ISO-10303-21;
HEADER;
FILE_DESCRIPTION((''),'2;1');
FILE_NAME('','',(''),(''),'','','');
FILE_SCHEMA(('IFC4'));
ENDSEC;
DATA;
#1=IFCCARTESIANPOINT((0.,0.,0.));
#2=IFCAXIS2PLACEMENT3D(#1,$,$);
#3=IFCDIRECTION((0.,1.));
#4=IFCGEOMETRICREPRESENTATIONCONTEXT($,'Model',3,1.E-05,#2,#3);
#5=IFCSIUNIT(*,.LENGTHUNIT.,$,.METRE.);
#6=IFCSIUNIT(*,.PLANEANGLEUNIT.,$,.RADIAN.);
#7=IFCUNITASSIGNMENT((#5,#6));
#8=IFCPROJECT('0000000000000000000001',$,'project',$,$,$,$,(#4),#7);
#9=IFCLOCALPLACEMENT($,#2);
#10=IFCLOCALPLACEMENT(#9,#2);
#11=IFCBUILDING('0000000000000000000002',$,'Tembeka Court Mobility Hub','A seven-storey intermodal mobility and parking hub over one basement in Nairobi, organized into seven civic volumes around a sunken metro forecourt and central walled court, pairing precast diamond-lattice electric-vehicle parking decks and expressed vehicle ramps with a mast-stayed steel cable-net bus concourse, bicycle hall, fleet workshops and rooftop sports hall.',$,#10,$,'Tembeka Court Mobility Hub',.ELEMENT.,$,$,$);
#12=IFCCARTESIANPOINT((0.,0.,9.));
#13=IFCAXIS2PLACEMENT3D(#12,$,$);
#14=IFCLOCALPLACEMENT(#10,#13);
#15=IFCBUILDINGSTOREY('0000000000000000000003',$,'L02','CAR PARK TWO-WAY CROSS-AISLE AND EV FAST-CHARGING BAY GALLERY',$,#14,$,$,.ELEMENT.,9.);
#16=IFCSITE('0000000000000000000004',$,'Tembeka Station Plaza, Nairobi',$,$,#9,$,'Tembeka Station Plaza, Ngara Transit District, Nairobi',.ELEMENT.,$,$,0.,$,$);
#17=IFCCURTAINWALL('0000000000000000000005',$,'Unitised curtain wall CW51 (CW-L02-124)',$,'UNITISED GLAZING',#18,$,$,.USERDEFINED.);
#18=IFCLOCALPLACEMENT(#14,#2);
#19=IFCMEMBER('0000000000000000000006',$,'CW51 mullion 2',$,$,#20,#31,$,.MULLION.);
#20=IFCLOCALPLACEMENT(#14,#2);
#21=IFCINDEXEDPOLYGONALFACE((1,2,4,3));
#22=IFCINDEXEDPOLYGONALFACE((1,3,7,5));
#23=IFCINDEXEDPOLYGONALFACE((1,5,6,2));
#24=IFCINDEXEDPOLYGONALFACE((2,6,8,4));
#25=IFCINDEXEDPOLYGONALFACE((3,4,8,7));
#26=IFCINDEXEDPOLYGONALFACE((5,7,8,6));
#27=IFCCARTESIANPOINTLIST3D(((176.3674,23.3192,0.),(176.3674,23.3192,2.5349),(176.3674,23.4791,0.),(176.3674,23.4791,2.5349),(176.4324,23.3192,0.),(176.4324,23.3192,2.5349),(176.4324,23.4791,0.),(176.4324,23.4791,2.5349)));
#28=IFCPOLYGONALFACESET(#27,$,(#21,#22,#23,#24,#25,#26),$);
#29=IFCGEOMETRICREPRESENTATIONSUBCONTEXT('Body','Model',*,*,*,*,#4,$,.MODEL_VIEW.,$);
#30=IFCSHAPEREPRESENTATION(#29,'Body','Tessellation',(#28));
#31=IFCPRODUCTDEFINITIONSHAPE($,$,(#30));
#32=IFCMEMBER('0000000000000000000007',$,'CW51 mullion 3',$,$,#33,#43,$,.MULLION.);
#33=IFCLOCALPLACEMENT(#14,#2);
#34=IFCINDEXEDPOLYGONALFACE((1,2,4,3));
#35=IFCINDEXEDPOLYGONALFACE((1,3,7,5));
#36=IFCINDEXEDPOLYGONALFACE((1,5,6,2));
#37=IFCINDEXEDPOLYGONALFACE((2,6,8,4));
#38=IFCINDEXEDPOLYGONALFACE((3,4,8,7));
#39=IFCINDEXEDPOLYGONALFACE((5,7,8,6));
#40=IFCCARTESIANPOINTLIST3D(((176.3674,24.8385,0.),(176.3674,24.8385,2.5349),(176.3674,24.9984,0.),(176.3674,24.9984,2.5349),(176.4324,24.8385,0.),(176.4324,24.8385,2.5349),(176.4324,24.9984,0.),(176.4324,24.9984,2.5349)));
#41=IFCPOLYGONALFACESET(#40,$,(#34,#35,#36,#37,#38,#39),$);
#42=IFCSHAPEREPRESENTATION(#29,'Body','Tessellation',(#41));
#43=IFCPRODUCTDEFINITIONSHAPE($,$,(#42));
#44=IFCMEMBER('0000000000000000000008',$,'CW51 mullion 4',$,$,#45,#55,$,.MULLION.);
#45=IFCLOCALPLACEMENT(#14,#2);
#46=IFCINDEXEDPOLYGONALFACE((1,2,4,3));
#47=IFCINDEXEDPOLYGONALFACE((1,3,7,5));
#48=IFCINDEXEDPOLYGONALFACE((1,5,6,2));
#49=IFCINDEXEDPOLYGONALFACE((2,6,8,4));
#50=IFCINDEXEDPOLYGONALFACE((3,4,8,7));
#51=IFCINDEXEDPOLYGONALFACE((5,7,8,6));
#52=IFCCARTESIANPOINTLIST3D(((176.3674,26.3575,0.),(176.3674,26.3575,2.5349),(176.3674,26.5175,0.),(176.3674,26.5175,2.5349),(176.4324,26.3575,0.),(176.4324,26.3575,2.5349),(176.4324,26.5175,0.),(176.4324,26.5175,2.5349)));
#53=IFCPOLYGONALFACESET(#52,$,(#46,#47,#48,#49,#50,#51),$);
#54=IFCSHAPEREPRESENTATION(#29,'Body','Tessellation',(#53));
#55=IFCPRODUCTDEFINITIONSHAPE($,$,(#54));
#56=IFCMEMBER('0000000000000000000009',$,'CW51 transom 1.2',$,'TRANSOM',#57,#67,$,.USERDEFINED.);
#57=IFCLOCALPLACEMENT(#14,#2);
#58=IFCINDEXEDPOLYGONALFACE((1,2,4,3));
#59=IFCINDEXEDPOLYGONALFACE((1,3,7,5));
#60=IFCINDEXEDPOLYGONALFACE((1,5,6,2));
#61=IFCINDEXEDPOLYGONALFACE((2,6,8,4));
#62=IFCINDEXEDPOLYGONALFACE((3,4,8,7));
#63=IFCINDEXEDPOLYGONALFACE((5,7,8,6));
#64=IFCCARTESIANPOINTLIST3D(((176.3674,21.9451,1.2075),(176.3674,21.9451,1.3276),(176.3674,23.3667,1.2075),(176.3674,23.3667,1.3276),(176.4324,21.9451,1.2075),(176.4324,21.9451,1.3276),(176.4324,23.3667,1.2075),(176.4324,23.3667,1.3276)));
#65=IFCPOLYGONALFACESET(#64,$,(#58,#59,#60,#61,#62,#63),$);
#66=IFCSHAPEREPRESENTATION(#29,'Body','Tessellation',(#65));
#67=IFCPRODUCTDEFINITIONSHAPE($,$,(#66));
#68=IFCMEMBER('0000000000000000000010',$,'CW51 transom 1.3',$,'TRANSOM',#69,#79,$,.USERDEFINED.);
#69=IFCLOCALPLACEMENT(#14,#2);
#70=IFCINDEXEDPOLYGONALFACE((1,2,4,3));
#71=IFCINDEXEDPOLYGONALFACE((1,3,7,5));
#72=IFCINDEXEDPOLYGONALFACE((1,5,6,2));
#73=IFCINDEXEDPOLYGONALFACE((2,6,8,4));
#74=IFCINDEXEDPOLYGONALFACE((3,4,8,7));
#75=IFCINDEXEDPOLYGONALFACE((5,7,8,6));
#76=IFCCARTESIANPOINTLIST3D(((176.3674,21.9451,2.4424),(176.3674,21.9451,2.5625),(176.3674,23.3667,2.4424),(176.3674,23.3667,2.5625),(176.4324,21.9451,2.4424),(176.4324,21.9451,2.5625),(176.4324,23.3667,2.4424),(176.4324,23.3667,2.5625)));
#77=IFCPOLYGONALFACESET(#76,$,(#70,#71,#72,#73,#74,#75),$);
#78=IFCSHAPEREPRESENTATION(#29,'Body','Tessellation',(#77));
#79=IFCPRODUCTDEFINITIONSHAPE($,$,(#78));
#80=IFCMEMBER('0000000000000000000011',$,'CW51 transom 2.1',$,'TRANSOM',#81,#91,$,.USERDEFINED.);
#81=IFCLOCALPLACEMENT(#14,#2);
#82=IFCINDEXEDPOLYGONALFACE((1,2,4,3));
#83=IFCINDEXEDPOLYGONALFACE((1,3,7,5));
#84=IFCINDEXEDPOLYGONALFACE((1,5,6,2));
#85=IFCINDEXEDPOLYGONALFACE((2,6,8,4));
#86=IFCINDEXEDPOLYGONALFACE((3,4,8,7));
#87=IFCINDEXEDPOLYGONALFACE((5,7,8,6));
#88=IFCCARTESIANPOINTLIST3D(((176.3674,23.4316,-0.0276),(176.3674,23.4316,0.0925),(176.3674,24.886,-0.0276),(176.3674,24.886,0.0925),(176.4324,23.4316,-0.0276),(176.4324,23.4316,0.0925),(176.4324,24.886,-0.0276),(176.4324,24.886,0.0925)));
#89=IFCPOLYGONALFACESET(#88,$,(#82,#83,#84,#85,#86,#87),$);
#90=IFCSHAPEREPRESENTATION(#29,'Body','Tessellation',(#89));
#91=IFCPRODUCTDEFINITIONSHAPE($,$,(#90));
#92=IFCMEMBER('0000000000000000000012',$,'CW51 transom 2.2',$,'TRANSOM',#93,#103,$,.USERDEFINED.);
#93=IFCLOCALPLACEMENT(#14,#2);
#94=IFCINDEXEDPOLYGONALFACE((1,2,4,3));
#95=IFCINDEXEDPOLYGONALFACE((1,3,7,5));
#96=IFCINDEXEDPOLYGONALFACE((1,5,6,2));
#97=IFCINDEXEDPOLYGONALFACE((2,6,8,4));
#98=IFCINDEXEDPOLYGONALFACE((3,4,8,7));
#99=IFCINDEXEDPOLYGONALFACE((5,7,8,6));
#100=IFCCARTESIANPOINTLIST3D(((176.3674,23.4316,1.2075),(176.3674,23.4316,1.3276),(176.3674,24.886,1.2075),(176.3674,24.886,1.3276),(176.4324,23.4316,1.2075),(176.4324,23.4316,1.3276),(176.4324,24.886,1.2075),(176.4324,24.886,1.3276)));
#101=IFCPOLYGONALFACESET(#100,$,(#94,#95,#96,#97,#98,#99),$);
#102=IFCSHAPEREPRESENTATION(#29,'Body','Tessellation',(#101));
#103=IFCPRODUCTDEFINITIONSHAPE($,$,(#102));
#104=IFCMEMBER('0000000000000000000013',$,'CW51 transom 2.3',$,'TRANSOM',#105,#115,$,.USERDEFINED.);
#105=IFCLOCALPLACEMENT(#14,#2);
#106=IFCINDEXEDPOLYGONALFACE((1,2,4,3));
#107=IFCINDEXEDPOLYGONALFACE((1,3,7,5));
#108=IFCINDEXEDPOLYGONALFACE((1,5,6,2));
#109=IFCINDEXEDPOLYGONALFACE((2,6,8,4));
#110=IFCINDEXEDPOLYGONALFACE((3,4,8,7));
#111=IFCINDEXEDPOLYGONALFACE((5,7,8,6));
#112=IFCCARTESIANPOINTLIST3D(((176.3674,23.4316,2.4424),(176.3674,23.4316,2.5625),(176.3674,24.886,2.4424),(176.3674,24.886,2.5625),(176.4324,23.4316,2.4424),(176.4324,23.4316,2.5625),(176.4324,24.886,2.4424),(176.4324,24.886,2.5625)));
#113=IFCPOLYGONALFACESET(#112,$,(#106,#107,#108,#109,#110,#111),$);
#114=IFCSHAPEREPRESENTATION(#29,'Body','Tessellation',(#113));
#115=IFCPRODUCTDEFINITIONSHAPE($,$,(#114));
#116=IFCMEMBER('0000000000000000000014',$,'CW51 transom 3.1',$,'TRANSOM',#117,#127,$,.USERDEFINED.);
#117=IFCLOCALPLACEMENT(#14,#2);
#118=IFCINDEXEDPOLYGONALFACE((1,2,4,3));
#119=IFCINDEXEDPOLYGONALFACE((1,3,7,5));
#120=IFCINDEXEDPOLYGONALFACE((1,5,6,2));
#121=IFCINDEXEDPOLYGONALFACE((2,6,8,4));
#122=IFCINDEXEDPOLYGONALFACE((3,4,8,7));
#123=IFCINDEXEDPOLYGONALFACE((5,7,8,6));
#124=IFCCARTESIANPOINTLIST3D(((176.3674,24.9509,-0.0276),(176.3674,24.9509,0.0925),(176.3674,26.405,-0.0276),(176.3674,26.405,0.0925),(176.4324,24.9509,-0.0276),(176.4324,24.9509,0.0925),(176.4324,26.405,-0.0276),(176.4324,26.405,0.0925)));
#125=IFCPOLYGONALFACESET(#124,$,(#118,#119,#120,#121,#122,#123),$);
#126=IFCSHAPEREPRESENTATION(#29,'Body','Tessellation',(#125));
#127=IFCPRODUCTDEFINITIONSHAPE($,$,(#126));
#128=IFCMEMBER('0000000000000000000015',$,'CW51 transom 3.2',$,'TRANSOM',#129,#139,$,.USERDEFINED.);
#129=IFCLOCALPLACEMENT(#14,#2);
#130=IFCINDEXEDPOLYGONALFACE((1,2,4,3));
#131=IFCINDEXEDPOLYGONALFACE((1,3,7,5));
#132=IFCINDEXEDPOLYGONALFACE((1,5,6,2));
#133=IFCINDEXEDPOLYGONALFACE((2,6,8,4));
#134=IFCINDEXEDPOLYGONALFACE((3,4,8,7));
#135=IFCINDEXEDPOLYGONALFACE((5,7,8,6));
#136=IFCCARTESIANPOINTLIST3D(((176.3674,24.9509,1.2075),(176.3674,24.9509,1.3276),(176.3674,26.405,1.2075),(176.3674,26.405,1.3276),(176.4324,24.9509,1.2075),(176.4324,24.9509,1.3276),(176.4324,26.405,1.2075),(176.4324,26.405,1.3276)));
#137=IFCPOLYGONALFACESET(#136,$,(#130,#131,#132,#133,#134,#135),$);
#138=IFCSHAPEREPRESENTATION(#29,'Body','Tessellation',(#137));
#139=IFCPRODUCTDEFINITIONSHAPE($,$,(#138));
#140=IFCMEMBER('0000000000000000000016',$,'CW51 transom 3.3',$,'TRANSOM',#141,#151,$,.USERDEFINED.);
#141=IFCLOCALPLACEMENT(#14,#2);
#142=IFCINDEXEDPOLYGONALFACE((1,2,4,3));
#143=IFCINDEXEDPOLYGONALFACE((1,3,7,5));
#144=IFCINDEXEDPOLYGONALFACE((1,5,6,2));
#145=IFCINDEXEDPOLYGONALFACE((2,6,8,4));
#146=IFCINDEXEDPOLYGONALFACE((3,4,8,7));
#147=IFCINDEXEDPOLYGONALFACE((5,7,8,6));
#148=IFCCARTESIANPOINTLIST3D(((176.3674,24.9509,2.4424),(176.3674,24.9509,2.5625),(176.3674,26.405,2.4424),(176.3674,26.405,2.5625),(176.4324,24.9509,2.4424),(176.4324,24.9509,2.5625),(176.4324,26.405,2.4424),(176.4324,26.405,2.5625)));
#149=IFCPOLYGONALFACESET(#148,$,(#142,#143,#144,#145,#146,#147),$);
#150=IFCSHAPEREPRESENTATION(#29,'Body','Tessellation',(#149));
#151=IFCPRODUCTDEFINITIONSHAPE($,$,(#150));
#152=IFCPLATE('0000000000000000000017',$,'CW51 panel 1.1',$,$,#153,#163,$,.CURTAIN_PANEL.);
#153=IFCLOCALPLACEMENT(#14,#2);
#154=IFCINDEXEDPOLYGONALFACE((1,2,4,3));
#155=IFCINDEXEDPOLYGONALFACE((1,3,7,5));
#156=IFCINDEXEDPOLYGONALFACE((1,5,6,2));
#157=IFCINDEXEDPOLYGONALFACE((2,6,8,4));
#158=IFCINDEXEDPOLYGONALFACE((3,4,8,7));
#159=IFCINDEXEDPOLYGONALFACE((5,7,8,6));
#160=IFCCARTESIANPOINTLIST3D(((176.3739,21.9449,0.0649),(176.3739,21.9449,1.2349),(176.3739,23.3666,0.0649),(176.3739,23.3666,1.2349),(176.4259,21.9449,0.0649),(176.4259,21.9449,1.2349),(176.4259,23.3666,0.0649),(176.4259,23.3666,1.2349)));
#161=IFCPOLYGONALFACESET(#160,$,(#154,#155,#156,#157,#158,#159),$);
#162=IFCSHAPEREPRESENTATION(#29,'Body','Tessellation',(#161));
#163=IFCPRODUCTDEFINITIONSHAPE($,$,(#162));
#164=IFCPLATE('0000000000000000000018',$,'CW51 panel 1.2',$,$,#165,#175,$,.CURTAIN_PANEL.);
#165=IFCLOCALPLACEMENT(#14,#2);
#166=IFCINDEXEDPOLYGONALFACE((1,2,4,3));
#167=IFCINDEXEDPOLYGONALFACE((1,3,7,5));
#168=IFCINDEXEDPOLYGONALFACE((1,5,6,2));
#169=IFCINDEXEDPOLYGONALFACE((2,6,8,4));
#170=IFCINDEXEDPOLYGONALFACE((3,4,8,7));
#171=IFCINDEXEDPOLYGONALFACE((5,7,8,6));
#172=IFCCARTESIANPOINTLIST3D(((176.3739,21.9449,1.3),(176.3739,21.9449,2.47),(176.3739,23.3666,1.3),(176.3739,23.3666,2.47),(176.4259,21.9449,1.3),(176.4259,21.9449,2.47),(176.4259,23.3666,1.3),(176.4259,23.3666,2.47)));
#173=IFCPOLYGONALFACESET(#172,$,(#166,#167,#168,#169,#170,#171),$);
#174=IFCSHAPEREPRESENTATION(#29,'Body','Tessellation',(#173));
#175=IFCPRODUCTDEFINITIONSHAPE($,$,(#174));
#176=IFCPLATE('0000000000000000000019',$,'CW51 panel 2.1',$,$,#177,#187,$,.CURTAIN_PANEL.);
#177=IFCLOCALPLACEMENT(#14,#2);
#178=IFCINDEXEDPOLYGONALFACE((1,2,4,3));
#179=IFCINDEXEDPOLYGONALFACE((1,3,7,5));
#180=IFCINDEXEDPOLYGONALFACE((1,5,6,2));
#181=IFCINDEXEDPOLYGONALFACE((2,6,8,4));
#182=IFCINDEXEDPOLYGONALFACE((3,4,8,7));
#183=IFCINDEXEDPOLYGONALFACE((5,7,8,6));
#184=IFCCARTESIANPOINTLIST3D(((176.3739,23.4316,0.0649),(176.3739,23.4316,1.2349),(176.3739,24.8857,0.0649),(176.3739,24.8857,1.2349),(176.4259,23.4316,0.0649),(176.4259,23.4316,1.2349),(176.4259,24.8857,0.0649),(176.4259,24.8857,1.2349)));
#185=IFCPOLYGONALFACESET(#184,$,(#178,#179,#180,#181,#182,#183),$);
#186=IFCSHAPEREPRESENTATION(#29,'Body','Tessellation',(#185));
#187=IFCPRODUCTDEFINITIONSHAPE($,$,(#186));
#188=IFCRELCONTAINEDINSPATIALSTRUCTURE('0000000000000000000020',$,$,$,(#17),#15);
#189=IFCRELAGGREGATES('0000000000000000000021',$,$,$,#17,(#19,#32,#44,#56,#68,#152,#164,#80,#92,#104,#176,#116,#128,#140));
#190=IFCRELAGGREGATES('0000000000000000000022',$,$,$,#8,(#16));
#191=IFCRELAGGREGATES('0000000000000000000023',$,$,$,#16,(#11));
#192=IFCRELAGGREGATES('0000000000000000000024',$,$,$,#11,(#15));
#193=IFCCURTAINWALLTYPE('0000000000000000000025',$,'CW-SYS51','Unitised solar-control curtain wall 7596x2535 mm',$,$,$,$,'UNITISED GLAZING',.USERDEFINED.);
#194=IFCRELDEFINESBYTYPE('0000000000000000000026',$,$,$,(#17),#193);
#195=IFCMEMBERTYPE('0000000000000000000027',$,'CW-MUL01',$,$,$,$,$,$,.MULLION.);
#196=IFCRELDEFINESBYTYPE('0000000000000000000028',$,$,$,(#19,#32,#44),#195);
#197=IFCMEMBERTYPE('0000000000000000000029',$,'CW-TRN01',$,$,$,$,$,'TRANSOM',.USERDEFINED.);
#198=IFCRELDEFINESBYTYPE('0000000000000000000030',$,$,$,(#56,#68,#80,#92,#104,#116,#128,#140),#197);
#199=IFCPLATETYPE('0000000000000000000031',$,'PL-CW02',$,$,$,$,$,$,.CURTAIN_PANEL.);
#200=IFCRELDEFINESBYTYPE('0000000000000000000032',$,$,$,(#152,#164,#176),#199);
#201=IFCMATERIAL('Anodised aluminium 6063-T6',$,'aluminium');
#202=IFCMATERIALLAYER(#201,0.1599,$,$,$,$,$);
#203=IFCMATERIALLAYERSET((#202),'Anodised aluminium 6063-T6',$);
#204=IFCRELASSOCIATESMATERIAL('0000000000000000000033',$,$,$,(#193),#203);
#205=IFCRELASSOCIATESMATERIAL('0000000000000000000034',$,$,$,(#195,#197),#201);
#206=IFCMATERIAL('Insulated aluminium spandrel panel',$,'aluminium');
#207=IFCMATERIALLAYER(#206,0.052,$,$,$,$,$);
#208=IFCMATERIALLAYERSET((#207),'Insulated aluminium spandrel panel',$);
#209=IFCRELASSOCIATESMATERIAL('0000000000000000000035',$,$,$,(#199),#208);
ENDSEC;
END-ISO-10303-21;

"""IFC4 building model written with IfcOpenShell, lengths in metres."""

from ifc_helpers import new_model, si_unit, direction, frame, origin, origin_2d, place, context, subcontext, project, spatial, rectangle, extrude, material, layer, layer_set, material_profile, profile_set, type_object, element, aggregate, save


model = new_model("IFC4")

# Units and contexts
model_context = context("Model", 3, precision=1e-05, world=origin(), true_north=direction((0.0, 1.0)))
body_context = subcontext(model_context, "Body", "Model", "MODEL_VIEW")
ifc_project = project(units=[si_unit("LENGTHUNIT", "METRE"), si_unit("PLANEANGLEUNIT", "RADIAN")], contexts=[model_context])

# Site, building, storey
site_placement = place(None, origin())
site = spatial("IfcSite", under=ifc_project, at=site_placement, Name="Tembeka Station Plaza, Nairobi", LongName="Tembeka Station Plaza, Ngara Transit District, Nairobi", CompositionType="ELEMENT", RefElevation=0.0)
building_placement = place(site_placement, origin())
building = spatial("IfcBuilding", under=site, at=building_placement, Name="Tembeka Court Mobility Hub", Description="A seven-storey intermodal mobility and parking hub over one basement in Nairobi, organized into seven civic volumes around a sunken metro forecourt and central walled court, pairing precast diamond-lattice electric-vehicle parking decks and expressed vehicle ramps with a mast-stayed steel cable-net bus concourse, bicycle hall, fleet workshops and rooftop sports hall.", LongName="Tembeka Court Mobility Hub", CompositionType="ELEMENT")
storey_placement = place(building_placement, frame((0.0, 0.0, 9.0)))
storey = spatial("IfcBuildingStorey", under=building, at=storey_placement, Name="L02", Description="CAR PARK TWO-WAY CROSS-AISLE AND EV FAST-CHARGING BAY GALLERY", CompositionType="ELEMENT", Elevation=9.0)

# Curtain wall, members, plates
ifc_material_1 = material(Name="Anodised aluminium 6063-T6", Category="aluminium")
ifc_layer_1 = layer(ifc_material_1, 0.1599)
ifc_layer_set_1 = layer_set([ifc_layer_1], Name="Anodised aluminium 6063-T6")
curtain_wall_type = type_object("IfcCurtainWallType", Name="CW-SYS51", Description="Unitised solar-control curtain wall 7596x2535 mm", ElementType="UNITISED GLAZING", PredefinedType="USERDEFINED", material=ifc_layer_set_1)
curtain_wall_placement = place(storey_placement, origin())
curtain_wall = element("IfcCurtainWall", 1, at=curtain_wall_placement, inside=storey, type_object=curtain_wall_type, Name="Unitised curtain wall CW51 (CW-L02-124)", ObjectType="UNITISED GLAZING", PredefinedType="USERDEFINED")
ifc_material_profile_1 = material_profile(ifc_material_1, rectangle(XDim=0.0649, YDim=0.1599, at=origin_2d()), Name="ALU-MUL 65x160")
ifc_profile_set_1 = profile_set([ifc_material_profile_1], Name="Anodised aluminium 6063-T6")
member_type_1 = type_object("IfcMemberType", Name="CW-MUL01", PredefinedType="MULLION", material=ifc_profile_set_1)
member_1_placement = place(storey_placement, frame((176.3999, 23.3992, 0.0), z_axis=(0.0, 0.0, 1.0), x_axis=(-1.0, 0.0, 0.0)))
member_1 = element("IfcMember", 2, at=member_1_placement, type_object=member_type_1, Name="CW51 mullion 2", PredefinedType="MULLION", context=body_context, shape_type="SweptSolid", body=[
    extrude(rectangle(XDim=0.0649, YDim=0.1599, at=origin_2d()), origin(), (0.0, 0.0, 1.0), 2.5349),
])
member_2_placement = place(storey_placement, frame((176.3999, 24.9185, 0.0), z_axis=(0.0, 0.0, 1.0), x_axis=(-1.0, 0.0, 0.0)))
member_2 = element("IfcMember", 3, at=member_2_placement, type_object=member_type_1, Name="CW51 mullion 3", PredefinedType="MULLION", context=body_context, shape_type="SweptSolid", body=[
    extrude(rectangle(XDim=0.0649, YDim=0.1599, at=origin_2d()), origin(), (0.0, 0.0, 1.0), 2.5349),
])
member_3_placement = place(storey_placement, frame((176.3999, 26.4375, 0.0), z_axis=(0.0, 0.0, 1.0), x_axis=(-1.0, 0.0, 0.0)))
member_3 = element("IfcMember", 4, at=member_3_placement, type_object=member_type_1, Name="CW51 mullion 4", PredefinedType="MULLION", context=body_context, shape_type="SweptSolid", body=[
    extrude(rectangle(XDim=0.0649, YDim=0.1599, at=origin_2d()), origin(), (0.0, 0.0, 1.0), 2.5349),
])
ifc_material_profile_2 = material_profile(ifc_material_1, rectangle(XDim=0.0649, YDim=0.1201, at=origin_2d()), Name="ALU-TRN 65x120")
ifc_profile_set_2 = profile_set([ifc_material_profile_2], Name="Anodised aluminium 6063-T6")
member_type_2 = type_object("IfcMemberType", Name="CW-TRN01", ElementType="TRANSOM", PredefinedType="USERDEFINED", material=ifc_profile_set_2)
member_4_placement = place(storey_placement, frame((176.3999, 21.9451, 1.2676), z_axis=(0.0, 1.0, 0.0), x_axis=(-1.0, 0.0, 0.0)))
member_4 = element("IfcMember", 5, at=member_4_placement, type_object=member_type_2, Name="CW51 transom 1.2", ObjectType="TRANSOM", PredefinedType="USERDEFINED", context=body_context, shape_type="SweptSolid", body=[
    extrude(rectangle(XDim=0.0649, YDim=0.1201, at=origin_2d()), origin(), (0.0, 0.0, 1.0), 1.4216),
])
member_5_placement = place(storey_placement, frame((176.3999, 21.9451, 2.5024), z_axis=(0.0, 1.0, 0.0), x_axis=(-1.0, 0.0, 0.0)))
member_5 = element("IfcMember", 6, at=member_5_placement, type_object=member_type_2, Name="CW51 transom 1.3", ObjectType="TRANSOM", PredefinedType="USERDEFINED", context=body_context, shape_type="SweptSolid", body=[
    extrude(rectangle(XDim=0.0649, YDim=0.1201, at=origin_2d()), origin(), (0.0, 0.0, 1.0), 1.4216),
])
member_6_placement = place(storey_placement, frame((176.3999, 23.4316, 0.0325), z_axis=(0.0, 1.0, 0.0), x_axis=(-1.0, 0.0, 0.0)))
member_6 = element("IfcMember", 7, at=member_6_placement, type_object=member_type_2, Name="CW51 transom 2.1", ObjectType="TRANSOM", PredefinedType="USERDEFINED", context=body_context, shape_type="SweptSolid", body=[
    extrude(rectangle(XDim=0.0649, YDim=0.1201, at=origin_2d()), origin(), (0.0, 0.0, 1.0), 1.4543),
])
member_7_placement = place(storey_placement, frame((176.3999, 23.4316, 1.2676), z_axis=(0.0, 1.0, 0.0), x_axis=(-1.0, 0.0, 0.0)))
member_7 = element("IfcMember", 8, at=member_7_placement, type_object=member_type_2, Name="CW51 transom 2.2", ObjectType="TRANSOM", PredefinedType="USERDEFINED", context=body_context, shape_type="SweptSolid", body=[
    extrude(rectangle(XDim=0.0649, YDim=0.1201, at=origin_2d()), origin(), (0.0, 0.0, 1.0), 1.4543),
])
member_8_placement = place(storey_placement, frame((176.3999, 23.4316, 2.5024), z_axis=(0.0, 1.0, 0.0), x_axis=(-1.0, 0.0, 0.0)))
member_8 = element("IfcMember", 9, at=member_8_placement, type_object=member_type_2, Name="CW51 transom 2.3", ObjectType="TRANSOM", PredefinedType="USERDEFINED", context=body_context, shape_type="SweptSolid", body=[
    extrude(rectangle(XDim=0.0649, YDim=0.1201, at=origin_2d()), origin(), (0.0, 0.0, 1.0), 1.4543),
])
member_9_placement = place(storey_placement, frame((176.3999, 24.9509, 0.0325), z_axis=(0.0, 1.0, 0.0), x_axis=(-1.0, 0.0, 0.0)))
member_9 = element("IfcMember", 10, at=member_9_placement, type_object=member_type_2, Name="CW51 transom 3.1", ObjectType="TRANSOM", PredefinedType="USERDEFINED", context=body_context, shape_type="SweptSolid", body=[
    extrude(rectangle(XDim=0.0649, YDim=0.1201, at=origin_2d()), origin(), (0.0, 0.0, 1.0), 1.4541),
])
member_10_placement = place(storey_placement, frame((176.3999, 24.9509, 1.2676), z_axis=(0.0, 1.0, 0.0), x_axis=(-1.0, 0.0, 0.0)))
member_10 = element("IfcMember", 11, at=member_10_placement, type_object=member_type_2, Name="CW51 transom 3.2", ObjectType="TRANSOM", PredefinedType="USERDEFINED", context=body_context, shape_type="SweptSolid", body=[
    extrude(rectangle(XDim=0.0649, YDim=0.1201, at=origin_2d()), origin(), (0.0, 0.0, 1.0), 1.4541),
])
member_11_placement = place(storey_placement, frame((176.3999, 24.9509, 2.5024), z_axis=(0.0, 1.0, 0.0), x_axis=(-1.0, 0.0, 0.0)))
member_11 = element("IfcMember", 12, at=member_11_placement, type_object=member_type_2, Name="CW51 transom 3.3", ObjectType="TRANSOM", PredefinedType="USERDEFINED", context=body_context, shape_type="SweptSolid", body=[
    extrude(rectangle(XDim=0.0649, YDim=0.1201, at=origin_2d()), origin(), (0.0, 0.0, 1.0), 1.4541),
])
ifc_material_2 = material(Name="Insulated aluminium spandrel panel", Category="aluminium")
ifc_layer_2 = layer(ifc_material_2, 0.052)
ifc_layer_set_2 = layer_set([ifc_layer_2], Name="Insulated aluminium spandrel panel")
plate_type = type_object("IfcPlateType", Name="PL-CW02", PredefinedType="CURTAIN_PANEL", material=ifc_layer_set_2)
plate_1_placement = place(storey_placement, frame((176.3999, 22.6558, 0.0649), z_axis=(0.0, 0.0, 1.0), x_axis=(0.0, 1.0, 0.0)))
plate_1 = element("IfcPlate", 13, at=plate_1_placement, type_object=plate_type, Name="CW51 panel 1.1", PredefinedType="CURTAIN_PANEL", context=body_context, shape_type="SweptSolid", body=[
    extrude(rectangle(XDim=1.4216, YDim=0.052, at=origin_2d()), origin(), (0.0, 0.0, 1.0), 1.1699),
])
plate_2_placement = place(storey_placement, frame((176.3999, 22.6558, 1.3), z_axis=(0.0, 0.0, 1.0), x_axis=(0.0, 1.0, 0.0)))
plate_2 = element("IfcPlate", 14, at=plate_2_placement, type_object=plate_type, Name="CW51 panel 1.2", PredefinedType="CURTAIN_PANEL", context=body_context, shape_type="SweptSolid", body=[
    extrude(rectangle(XDim=1.4216, YDim=0.052, at=origin_2d()), origin(), (0.0, 0.0, 1.0), 1.1699),
])
plate_3_placement = place(storey_placement, frame((176.3999, 24.1587, 0.0649), z_axis=(0.0, 0.0, 1.0), x_axis=(0.0, 1.0, 0.0)))
plate_3 = element("IfcPlate", 15, at=plate_3_placement, type_object=plate_type, Name="CW51 panel 2.1", PredefinedType="CURTAIN_PANEL", context=body_context, shape_type="SweptSolid", body=[
    extrude(rectangle(XDim=1.4541, YDim=0.052, at=origin_2d()), origin(), (0.0, 0.0, 1.0), 1.1699),
])
aggregate(curtain_wall, [member_1, member_2, member_3, member_4, member_5, plate_1, plate_2, member_6, member_7, member_8, plate_3, member_9, member_10, member_11])

save(model, "model.ifc")
